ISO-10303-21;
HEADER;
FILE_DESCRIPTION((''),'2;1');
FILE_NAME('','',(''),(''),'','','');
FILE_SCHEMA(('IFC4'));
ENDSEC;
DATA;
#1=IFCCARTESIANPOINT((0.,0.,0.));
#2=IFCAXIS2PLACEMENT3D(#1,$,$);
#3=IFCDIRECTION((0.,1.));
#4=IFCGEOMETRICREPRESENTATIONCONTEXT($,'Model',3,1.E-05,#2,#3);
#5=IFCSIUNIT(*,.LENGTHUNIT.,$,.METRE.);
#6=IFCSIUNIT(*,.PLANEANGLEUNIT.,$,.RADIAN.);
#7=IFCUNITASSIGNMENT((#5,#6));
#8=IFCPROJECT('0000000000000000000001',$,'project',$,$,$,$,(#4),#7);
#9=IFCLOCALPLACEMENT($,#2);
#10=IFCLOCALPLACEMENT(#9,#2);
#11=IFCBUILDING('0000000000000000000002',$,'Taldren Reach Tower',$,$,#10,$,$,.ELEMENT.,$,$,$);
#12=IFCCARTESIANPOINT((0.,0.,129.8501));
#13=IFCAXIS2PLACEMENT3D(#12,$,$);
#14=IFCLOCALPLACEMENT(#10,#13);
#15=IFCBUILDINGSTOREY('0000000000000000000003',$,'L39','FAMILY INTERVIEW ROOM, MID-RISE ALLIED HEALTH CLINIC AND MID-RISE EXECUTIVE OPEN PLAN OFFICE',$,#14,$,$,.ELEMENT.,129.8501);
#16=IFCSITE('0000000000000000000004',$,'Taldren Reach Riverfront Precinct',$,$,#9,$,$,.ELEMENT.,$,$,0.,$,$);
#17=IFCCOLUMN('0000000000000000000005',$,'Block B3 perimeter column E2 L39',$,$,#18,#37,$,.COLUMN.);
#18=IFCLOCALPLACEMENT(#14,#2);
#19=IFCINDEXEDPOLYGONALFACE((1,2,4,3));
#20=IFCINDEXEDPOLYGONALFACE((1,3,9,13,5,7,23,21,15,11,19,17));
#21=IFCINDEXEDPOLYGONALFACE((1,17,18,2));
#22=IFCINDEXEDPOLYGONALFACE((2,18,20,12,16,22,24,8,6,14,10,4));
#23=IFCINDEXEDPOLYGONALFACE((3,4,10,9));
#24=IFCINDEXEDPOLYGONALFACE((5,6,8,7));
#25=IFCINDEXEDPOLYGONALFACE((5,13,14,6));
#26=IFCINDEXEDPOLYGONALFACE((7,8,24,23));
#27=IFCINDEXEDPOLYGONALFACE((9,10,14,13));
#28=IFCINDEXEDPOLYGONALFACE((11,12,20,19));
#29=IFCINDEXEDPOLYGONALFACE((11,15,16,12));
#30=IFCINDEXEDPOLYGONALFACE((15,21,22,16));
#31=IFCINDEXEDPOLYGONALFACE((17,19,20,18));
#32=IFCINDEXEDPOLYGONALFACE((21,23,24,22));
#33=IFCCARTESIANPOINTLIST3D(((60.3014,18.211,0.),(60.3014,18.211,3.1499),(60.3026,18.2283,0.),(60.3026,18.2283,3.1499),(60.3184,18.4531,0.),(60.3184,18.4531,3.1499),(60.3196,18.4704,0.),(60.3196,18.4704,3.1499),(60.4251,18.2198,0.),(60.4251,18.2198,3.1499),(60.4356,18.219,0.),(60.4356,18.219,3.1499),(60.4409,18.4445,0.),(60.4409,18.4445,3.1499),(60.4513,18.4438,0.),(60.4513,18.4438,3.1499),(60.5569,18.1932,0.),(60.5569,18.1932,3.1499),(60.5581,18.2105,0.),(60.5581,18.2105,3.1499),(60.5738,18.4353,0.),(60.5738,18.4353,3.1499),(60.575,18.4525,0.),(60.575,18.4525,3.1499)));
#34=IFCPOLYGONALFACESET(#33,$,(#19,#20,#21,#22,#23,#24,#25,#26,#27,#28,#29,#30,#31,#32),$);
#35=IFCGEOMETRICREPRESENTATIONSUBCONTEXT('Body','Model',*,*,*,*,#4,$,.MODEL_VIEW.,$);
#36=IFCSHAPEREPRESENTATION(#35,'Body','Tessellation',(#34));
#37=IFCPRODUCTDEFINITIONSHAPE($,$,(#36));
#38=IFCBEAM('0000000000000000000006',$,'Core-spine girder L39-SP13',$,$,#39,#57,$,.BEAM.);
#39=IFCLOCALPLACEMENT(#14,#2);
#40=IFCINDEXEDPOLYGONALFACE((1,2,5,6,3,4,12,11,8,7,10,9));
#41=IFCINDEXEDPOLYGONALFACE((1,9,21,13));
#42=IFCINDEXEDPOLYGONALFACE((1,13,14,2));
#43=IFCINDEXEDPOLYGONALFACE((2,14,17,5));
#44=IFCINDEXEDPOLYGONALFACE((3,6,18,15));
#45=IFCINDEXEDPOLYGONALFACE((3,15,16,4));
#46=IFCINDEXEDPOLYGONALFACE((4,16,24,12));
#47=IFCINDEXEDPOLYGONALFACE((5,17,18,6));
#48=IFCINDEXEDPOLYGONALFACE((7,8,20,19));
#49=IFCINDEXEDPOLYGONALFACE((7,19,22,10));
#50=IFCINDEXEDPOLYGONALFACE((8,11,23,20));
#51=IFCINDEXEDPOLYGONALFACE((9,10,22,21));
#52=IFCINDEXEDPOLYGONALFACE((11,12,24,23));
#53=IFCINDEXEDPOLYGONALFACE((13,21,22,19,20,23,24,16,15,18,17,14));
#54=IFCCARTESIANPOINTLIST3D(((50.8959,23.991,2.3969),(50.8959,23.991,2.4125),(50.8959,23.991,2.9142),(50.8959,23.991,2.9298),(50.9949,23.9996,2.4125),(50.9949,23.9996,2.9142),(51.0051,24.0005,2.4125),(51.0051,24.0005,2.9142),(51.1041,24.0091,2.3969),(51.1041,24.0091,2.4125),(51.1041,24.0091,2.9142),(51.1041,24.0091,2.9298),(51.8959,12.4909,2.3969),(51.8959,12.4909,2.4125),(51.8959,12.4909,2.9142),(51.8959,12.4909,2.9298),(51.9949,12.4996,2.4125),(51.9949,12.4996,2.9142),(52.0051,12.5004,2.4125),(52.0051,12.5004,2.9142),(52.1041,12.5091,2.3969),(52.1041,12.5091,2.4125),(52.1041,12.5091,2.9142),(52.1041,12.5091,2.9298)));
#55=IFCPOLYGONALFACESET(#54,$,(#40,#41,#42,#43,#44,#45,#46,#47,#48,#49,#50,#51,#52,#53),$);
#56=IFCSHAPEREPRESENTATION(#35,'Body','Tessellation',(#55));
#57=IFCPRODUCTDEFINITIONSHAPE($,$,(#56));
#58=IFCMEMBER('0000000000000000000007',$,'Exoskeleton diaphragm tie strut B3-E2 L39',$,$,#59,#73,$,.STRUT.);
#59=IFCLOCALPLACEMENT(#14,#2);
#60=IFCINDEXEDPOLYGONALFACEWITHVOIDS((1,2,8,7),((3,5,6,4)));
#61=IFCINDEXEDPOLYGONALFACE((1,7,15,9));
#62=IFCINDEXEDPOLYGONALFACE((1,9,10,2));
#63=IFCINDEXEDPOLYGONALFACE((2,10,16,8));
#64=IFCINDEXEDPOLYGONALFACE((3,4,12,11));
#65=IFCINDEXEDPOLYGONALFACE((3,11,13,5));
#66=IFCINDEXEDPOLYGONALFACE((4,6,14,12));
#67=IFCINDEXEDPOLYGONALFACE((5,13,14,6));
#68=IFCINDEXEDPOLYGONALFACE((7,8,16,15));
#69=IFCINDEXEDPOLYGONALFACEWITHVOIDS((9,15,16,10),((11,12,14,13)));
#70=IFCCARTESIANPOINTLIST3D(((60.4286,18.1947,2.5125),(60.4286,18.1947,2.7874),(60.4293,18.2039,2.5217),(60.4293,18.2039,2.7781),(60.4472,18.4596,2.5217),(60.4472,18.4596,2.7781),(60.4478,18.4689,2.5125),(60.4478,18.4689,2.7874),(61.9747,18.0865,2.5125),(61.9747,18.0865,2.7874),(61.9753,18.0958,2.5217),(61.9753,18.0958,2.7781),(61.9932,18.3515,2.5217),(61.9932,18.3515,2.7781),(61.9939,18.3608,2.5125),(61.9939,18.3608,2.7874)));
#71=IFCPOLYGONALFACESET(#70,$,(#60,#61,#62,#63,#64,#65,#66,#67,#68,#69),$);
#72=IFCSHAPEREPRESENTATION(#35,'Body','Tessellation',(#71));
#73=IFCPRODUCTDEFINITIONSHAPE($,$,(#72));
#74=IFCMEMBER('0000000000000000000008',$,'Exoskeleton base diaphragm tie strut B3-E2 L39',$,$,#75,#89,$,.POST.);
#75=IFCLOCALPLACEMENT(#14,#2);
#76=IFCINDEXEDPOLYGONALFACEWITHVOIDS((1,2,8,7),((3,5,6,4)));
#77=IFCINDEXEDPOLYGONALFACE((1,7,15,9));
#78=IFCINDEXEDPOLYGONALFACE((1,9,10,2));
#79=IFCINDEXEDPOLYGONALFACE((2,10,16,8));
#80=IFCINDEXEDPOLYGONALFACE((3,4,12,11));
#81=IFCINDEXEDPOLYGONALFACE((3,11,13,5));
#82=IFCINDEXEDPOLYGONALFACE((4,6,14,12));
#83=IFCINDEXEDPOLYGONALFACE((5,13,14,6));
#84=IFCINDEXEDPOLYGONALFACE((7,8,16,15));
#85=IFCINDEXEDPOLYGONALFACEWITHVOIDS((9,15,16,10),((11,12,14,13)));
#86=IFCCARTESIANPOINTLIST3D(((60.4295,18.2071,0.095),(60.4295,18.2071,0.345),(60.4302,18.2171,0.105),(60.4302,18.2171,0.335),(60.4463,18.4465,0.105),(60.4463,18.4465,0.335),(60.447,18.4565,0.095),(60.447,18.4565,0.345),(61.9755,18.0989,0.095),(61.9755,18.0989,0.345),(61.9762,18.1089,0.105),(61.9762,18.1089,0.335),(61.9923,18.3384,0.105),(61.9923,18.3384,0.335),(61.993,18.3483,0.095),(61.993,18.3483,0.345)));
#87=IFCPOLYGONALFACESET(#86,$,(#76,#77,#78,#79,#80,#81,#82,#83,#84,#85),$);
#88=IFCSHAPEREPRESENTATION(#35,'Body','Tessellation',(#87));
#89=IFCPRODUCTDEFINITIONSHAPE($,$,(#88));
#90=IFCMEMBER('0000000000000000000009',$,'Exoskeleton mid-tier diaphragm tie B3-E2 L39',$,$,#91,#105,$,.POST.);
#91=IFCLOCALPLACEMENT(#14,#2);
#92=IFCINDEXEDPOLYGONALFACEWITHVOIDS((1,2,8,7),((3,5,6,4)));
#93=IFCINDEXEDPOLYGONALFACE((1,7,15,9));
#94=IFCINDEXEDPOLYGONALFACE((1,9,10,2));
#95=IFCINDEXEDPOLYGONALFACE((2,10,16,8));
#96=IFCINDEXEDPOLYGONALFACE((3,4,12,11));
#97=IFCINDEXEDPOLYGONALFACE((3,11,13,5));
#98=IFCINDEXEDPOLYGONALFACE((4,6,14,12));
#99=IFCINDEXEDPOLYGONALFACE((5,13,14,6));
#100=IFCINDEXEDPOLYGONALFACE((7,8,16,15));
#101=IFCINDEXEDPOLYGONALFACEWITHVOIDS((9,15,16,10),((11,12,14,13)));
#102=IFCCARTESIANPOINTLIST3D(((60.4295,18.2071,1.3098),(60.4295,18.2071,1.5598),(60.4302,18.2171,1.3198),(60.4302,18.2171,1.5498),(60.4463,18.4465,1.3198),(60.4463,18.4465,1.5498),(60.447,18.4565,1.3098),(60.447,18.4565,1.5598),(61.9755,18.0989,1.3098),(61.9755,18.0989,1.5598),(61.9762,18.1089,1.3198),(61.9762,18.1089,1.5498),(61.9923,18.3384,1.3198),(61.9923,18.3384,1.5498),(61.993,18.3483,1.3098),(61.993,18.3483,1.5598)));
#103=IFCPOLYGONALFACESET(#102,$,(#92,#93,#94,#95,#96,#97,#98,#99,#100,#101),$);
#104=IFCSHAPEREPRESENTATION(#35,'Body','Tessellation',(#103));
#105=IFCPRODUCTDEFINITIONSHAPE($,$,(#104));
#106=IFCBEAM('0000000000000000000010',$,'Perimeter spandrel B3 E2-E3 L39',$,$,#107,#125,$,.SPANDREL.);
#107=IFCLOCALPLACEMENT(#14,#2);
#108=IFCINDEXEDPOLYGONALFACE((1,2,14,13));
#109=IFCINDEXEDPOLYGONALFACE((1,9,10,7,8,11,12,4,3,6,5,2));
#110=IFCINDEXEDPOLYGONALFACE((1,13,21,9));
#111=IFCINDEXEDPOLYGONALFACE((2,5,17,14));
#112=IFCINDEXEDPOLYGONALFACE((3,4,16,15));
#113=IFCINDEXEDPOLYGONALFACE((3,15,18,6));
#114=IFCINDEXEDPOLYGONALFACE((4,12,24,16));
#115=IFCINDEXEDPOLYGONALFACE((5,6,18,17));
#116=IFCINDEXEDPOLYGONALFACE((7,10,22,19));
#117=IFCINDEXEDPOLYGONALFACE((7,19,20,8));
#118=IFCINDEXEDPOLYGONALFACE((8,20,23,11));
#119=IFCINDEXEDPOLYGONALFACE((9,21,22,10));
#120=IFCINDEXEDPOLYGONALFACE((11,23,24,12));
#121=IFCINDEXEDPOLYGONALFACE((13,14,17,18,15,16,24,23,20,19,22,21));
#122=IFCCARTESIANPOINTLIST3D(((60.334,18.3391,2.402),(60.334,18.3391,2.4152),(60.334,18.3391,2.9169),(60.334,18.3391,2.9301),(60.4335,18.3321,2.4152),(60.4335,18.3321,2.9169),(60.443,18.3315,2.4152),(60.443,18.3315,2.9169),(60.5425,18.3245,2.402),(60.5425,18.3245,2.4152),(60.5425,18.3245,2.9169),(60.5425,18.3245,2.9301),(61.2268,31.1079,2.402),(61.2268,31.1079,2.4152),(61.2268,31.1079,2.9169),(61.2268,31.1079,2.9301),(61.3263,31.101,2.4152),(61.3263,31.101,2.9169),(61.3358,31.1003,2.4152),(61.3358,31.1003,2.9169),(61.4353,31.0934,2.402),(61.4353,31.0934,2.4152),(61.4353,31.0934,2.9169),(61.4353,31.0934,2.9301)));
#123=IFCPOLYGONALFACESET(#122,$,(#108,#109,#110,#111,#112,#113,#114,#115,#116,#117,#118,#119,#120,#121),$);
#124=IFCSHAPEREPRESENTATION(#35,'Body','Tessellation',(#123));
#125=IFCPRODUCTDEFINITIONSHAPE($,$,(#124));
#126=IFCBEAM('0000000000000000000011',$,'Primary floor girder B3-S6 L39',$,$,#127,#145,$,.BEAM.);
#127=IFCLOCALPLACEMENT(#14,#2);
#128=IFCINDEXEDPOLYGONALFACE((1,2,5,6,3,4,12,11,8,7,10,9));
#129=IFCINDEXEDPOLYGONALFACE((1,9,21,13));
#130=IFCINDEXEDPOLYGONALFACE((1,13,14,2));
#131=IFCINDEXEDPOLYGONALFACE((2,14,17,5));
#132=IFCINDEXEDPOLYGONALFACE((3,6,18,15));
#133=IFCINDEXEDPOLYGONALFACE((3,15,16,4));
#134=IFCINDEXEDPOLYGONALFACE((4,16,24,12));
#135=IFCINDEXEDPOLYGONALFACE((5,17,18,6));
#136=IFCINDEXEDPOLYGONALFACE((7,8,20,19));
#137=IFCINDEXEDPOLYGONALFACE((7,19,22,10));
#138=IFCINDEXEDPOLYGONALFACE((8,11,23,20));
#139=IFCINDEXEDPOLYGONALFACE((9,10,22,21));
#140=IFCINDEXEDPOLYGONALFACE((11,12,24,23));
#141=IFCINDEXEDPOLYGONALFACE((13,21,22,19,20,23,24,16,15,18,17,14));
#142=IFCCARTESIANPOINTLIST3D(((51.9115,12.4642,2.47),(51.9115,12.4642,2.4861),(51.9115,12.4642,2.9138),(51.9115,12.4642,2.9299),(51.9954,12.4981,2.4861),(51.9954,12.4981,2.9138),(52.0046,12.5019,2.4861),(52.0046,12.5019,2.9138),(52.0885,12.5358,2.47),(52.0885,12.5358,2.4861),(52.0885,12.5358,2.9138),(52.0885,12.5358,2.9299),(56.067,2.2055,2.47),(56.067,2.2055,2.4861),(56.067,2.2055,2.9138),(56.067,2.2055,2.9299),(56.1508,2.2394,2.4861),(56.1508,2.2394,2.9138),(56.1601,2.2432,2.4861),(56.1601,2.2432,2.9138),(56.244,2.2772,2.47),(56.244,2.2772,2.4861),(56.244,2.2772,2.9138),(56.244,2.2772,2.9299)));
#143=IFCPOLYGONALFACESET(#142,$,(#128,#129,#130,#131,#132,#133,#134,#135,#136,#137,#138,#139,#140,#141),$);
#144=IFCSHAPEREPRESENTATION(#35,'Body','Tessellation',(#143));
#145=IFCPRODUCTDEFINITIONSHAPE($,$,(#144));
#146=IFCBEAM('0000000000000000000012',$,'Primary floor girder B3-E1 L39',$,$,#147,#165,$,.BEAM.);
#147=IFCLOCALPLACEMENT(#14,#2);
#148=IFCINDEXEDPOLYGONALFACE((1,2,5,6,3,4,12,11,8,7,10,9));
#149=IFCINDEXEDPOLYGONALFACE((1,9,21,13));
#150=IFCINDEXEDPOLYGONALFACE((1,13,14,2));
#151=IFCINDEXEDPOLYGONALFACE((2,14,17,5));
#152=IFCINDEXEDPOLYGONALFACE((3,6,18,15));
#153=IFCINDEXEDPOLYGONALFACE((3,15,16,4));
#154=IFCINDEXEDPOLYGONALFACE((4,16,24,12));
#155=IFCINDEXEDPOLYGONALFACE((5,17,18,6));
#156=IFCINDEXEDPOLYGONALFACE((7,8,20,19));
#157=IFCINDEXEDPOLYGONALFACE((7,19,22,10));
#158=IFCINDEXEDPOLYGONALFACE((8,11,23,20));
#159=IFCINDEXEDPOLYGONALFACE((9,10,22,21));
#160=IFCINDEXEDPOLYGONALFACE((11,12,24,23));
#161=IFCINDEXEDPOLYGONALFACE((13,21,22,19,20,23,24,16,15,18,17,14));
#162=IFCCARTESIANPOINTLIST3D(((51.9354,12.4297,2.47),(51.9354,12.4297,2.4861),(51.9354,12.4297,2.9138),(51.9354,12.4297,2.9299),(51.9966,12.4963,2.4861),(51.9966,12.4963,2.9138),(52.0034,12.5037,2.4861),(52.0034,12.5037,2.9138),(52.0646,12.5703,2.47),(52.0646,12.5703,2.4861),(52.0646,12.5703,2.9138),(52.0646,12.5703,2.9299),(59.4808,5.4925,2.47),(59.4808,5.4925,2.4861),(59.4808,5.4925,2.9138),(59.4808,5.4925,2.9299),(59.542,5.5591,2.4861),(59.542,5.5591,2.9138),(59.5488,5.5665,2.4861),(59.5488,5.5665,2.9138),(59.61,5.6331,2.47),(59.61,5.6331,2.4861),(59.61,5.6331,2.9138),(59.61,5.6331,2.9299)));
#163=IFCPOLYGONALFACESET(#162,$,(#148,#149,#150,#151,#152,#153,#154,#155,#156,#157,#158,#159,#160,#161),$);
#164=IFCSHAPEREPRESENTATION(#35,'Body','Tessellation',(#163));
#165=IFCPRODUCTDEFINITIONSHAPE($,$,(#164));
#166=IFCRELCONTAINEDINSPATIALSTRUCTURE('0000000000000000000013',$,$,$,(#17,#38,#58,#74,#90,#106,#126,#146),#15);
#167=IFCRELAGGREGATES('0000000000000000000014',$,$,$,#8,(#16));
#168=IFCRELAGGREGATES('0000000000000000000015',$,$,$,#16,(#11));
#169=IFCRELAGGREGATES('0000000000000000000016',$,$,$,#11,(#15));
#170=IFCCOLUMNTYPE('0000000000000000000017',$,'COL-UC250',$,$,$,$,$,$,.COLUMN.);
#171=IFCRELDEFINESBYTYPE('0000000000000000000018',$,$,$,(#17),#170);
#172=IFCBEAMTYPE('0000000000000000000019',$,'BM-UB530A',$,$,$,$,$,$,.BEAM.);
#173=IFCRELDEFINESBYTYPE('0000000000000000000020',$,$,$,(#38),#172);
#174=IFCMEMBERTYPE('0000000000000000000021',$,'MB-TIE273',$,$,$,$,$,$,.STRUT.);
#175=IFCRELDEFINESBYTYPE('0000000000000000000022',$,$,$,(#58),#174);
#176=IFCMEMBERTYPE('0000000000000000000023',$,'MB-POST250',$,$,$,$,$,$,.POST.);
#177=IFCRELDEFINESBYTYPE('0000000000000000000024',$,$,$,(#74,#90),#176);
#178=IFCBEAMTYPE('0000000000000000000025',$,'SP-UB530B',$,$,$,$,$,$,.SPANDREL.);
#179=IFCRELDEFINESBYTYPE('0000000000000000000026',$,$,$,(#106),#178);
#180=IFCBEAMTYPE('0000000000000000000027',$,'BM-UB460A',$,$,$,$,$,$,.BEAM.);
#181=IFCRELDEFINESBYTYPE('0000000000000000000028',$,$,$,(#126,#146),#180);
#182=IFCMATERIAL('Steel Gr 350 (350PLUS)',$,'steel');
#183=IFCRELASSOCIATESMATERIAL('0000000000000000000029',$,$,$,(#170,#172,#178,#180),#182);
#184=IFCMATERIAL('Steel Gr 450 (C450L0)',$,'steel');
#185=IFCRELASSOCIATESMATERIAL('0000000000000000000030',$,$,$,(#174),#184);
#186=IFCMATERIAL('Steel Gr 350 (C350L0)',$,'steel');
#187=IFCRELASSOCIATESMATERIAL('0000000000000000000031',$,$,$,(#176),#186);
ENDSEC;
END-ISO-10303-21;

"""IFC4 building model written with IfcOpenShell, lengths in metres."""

from ifc_helpers import new_model, si_unit, direction, frame, origin, origin_2d, place, context, subcontext, project, spatial, hollow_rectangle, i_section, extrude, source, transform, mapped, material, material_profile, profile_set, type_object, element, save


model = new_model("IFC4")

# Units and contexts
model_context = context("Model", 3, precision=1e-05, world=origin(), true_north=direction((0.0, 1.0)))
body_context = subcontext(model_context, "Body", "Model", "MODEL_VIEW")
ifc_project = project(units=[si_unit("LENGTHUNIT", "METRE"), si_unit("PLANEANGLEUNIT", "RADIAN")], contexts=[model_context])

# Site, building, storey
site_placement = place(None, origin())
site = spatial("IfcSite", under=ifc_project, at=site_placement, Name="Taldren Reach Riverfront Precinct", CompositionType="ELEMENT", RefElevation=0.0)
building_placement = place(site_placement, origin())
building = spatial("IfcBuilding", under=site, at=building_placement, Name="Taldren Reach Tower", CompositionType="ELEMENT")
storey_placement = place(building_placement, frame((0.0, 0.0, 129.8501)))
storey = spatial("IfcBuildingStorey", under=building, at=storey_placement, Name="L39", Description="FAMILY INTERVIEW ROOM, MID-RISE ALLIED HEALTH CLINIC AND MID-RISE EXECUTIVE OPEN PLAN OFFICE", CompositionType="ELEMENT", Elevation=129.8501)

# Column
ifc_material_1 = material(Name="Steel Gr 350 (350PLUS)", Category="steel")
ifc_material_profile_1 = material_profile(ifc_material_1, i_section(OverallWidth=0.2561, OverallDepth=0.26, WebThickness=0.0105, FlangeThickness=0.0173, at=origin_2d()), Name="250UC89.5")
ifc_profile_set_1 = profile_set([ifc_material_profile_1], Name="Steel Gr 350 (350PLUS)")
column_type = type_object("IfcColumnType", Name="COL-UC250", PredefinedType="COLUMN", material=ifc_profile_set_1)
shared_shape_1 = source(origin(), body_context, "Body", "SweptSolid", [
    extrude(i_section(OverallWidth=0.2561, OverallDepth=0.26, WebThickness=0.0105, FlangeThickness=0.0173, at=origin_2d()), origin(), (0.0, 0.0, 1.0), 3.1499),
])
column_placement = place(storey_placement, frame((60.4382, 18.3318, 0.0), z_axis=(0.0, 0.0, 1.0), x_axis=(0.997564, -0.069756, 0.0)))
element("IfcColumn", 1, at=column_placement, inside=storey, type_object=column_type, Name="Block B3 perimeter column E2 L39", PredefinedType="COLUMN", context=body_context, shape_type="MappedRepresentation", body=[
    mapped(shared_shape_1, transform((0.0, 0.0, 0.0), scale=1.0)),
])

# Beam
ifc_material_profile_2 = material_profile(ifc_material_1, i_section(OverallWidth=0.209, OverallDepth=0.533, WebThickness=0.0103, FlangeThickness=0.0156, at=origin_2d()), Name="530UB92.4")
ifc_profile_set_2 = profile_set([ifc_material_profile_2], Name="Steel Gr 350 (350PLUS)")
beam_type_1 = type_object("IfcBeamType", Name="BM-UB530A", PredefinedType="BEAM", material=ifc_profile_set_2)
shared_shape_2 = source(origin(), body_context, "Body", "SweptSolid", [
    extrude(i_section(OverallWidth=0.209, OverallDepth=0.533, WebThickness=0.0103, FlangeThickness=0.0156, at=origin_2d()), origin(), (0.0, 0.0, 1.0), 11.5435),
])
beam_1_placement = place(storey_placement, frame((52.0, 12.5, 2.6633), z_axis=(-0.08663, 0.996241, 0.0), x_axis=(-0.996241, -0.08663, 0.0)))
element("IfcBeam", 2, at=beam_1_placement, inside=storey, type_object=beam_type_1, Name="Core-spine girder L39-SP13", PredefinedType="BEAM", context=body_context, shape_type="MappedRepresentation", body=[
    mapped(shared_shape_2, transform((0.0, 0.0, 0.0), scale=1.0)),
])

# Members
ifc_material_2 = material(Name="Steel Gr 450 (C450L0)", Category="steel")
ifc_material_profile_3 = material_profile(ifc_material_2, hollow_rectangle(XDim=0.2749, YDim=0.2749, WallThickness=0.0093, at=origin_2d()), Name="275x275x9.3SHS")
ifc_profile_set_3 = profile_set([ifc_material_profile_3], Name="Steel Gr 450 (C450L0)")
member_type_1 = type_object("IfcMemberType", Name="MB-TIE273", PredefinedType="STRUT", material=ifc_profile_set_3)
shared_shape_3 = source(origin(), body_context, "Body", "SweptSolid", [
    extrude(hollow_rectangle(XDim=0.2749, YDim=0.2749, WallThickness=0.0093, at=origin_2d()), origin(), (0.0, 0.0, 1.0), 1.5498),
])
member_1_placement = place(storey_placement, frame((60.4382, 18.3318, 2.6499), z_axis=(0.997562, -0.069781, 0.0), x_axis=(0.069781, 0.997562, 0.0)))
element("IfcMember", 3, at=member_1_placement, inside=storey, type_object=member_type_1, Name="Exoskeleton diaphragm tie strut B3-E2 L39", PredefinedType="STRUT", context=body_context, shape_type="MappedRepresentation", body=[
    mapped(shared_shape_3, transform((0.0, 0.0, 0.0), scale=1.0)),
])
ifc_material_3 = material(Name="Steel Gr 350 (C350L0)", Category="steel")
ifc_material_profile_4 = material_profile(ifc_material_3, hollow_rectangle(XDim=0.25, YDim=0.25, WallThickness=0.01, at=origin_2d()), Name="250x250x10.0SHS")
ifc_profile_set_4 = profile_set([ifc_material_profile_4], Name="Steel Gr 350 (C350L0)")
member_type_2 = type_object("IfcMemberType", Name="MB-POST250", PredefinedType="POST", material=ifc_profile_set_4)
shared_shape_4 = source(origin(), body_context, "Body", "SweptSolid", [
    extrude(hollow_rectangle(XDim=0.25, YDim=0.25, WallThickness=0.01, at=origin_2d()), origin(), (0.0, 0.0, 1.0), 1.5498),
])
for number, where, z_axis, x_axis, name in (
    (4, (60.4382, 18.3318, 0.22), (0.997562, -0.069781, 0.0), (0.069781, 0.997562, 0.0), "Exoskeleton base diaphragm tie strut B3-E2 L39"),
    (5, (60.4382, 18.3318, 1.4348), (0.997562, -0.069781, 0.0), (0.069781, 0.997562, 0.0), "Exoskeleton mid-tier diaphragm tie B3-E2 L39"),
):
    element("IfcMember", number, at=place(storey_placement, frame(where, z_axis=z_axis, x_axis=x_axis)), inside=storey, type_object=member_type_2, Name=name, PredefinedType="POST", context=body_context, shape_type="MappedRepresentation", body=[
        mapped(shared_shape_4, transform((0.0, 0.0, 0.0), scale=1.0)),
    ])

# Beams
ifc_material_profile_5 = material_profile(ifc_material_1, i_section(OverallWidth=0.209, OverallDepth=0.5281, WebThickness=0.0095, FlangeThickness=0.0132, at=origin_2d()), Name="530UB82.0")
ifc_profile_set_5 = profile_set([ifc_material_profile_5], Name="Steel Gr 350 (350PLUS)")
beam_type_2 = type_object("IfcBeamType", Name="SP-UB530B", PredefinedType="SPANDREL", material=ifc_profile_set_5)
shared_shape_5 = source(origin(), body_context, "Body", "SweptSolid", [
    extrude(i_section(OverallWidth=0.209, OverallDepth=0.5281, WebThickness=0.0095, FlangeThickness=0.0132, at=origin_2d()), origin(), (0.0, 0.0, 1.0), 12.8),
])
beam_2_placement = place(storey_placement, frame((60.4382, 18.3318, 2.666), z_axis=(0.069752, 0.997564, 0.0), x_axis=(-0.997564, 0.069752, 0.0)))
element("IfcBeam", 6, at=beam_2_placement, inside=storey, type_object=beam_type_2, Name="Perimeter spandrel B3 E2-E3 L39", PredefinedType="SPANDREL", context=body_context, shape_type="MappedRepresentation", body=[
    mapped(shared_shape_5, transform((0.0, 0.0, 0.0), scale=1.0)),
])
ifc_material_profile_6 = material_profile(ifc_material_1, i_section(OverallWidth=0.1909, OverallDepth=0.46, WebThickness=0.01, FlangeThickness=0.0161, at=origin_2d()), Name="460UB82.1")
ifc_profile_set_6 = profile_set([ifc_material_profile_6], Name="Steel Gr 350 (350PLUS)")
beam_type_3 = type_object("IfcBeamType", Name="BM-UB460A", PredefinedType="BEAM", material=ifc_profile_set_6)
shared_shape_6 = source(origin(), body_context, "Body", "SweptSolid", [
    extrude(i_section(OverallWidth=0.1909, OverallDepth=0.46, WebThickness=0.01, FlangeThickness=0.0161, at=origin_2d()), origin(), (0.0, 0.0, 1.0), 11.0684),
])
beam_3_placement = place(storey_placement, frame((52.0, 12.5, 2.7), z_axis=(0.375437, -0.926848, 0.0), x_axis=(0.926848, 0.375437, 0.0)))
element("IfcBeam", 7, at=beam_3_placement, inside=storey, type_object=beam_type_3, Name="Primary floor girder B3-S6 L39", PredefinedType="BEAM", context=body_context, shape_type="MappedRepresentation", body=[
    mapped(shared_shape_6, transform((0.0, 0.0, 0.0), scale=1.0)),
])
shared_shape_7 = source(origin(), body_context, "Body", "SweptSolid", [
    extrude(i_section(OverallWidth=0.1909, OverallDepth=0.46, WebThickness=0.01, FlangeThickness=0.0161, at=origin_2d()), origin(), (0.0, 0.0, 1.0), 10.2498),
])
beam_4_placement = place(storey_placement, frame((52.0, 12.5, 2.7), z_axis=(0.736151, -0.676818, 0.0), x_axis=(0.676818, 0.736151, 0.0)))
element("IfcBeam", 8, at=beam_4_placement, inside=storey, type_object=beam_type_3, Name="Primary floor girder B3-E1 L39", PredefinedType="BEAM", context=body_context, shape_type="MappedRepresentation", body=[
    mapped(shared_shape_7, transform((0.0, 0.0, 0.0), scale=1.0)),
])

save(model, "model.ifc")
